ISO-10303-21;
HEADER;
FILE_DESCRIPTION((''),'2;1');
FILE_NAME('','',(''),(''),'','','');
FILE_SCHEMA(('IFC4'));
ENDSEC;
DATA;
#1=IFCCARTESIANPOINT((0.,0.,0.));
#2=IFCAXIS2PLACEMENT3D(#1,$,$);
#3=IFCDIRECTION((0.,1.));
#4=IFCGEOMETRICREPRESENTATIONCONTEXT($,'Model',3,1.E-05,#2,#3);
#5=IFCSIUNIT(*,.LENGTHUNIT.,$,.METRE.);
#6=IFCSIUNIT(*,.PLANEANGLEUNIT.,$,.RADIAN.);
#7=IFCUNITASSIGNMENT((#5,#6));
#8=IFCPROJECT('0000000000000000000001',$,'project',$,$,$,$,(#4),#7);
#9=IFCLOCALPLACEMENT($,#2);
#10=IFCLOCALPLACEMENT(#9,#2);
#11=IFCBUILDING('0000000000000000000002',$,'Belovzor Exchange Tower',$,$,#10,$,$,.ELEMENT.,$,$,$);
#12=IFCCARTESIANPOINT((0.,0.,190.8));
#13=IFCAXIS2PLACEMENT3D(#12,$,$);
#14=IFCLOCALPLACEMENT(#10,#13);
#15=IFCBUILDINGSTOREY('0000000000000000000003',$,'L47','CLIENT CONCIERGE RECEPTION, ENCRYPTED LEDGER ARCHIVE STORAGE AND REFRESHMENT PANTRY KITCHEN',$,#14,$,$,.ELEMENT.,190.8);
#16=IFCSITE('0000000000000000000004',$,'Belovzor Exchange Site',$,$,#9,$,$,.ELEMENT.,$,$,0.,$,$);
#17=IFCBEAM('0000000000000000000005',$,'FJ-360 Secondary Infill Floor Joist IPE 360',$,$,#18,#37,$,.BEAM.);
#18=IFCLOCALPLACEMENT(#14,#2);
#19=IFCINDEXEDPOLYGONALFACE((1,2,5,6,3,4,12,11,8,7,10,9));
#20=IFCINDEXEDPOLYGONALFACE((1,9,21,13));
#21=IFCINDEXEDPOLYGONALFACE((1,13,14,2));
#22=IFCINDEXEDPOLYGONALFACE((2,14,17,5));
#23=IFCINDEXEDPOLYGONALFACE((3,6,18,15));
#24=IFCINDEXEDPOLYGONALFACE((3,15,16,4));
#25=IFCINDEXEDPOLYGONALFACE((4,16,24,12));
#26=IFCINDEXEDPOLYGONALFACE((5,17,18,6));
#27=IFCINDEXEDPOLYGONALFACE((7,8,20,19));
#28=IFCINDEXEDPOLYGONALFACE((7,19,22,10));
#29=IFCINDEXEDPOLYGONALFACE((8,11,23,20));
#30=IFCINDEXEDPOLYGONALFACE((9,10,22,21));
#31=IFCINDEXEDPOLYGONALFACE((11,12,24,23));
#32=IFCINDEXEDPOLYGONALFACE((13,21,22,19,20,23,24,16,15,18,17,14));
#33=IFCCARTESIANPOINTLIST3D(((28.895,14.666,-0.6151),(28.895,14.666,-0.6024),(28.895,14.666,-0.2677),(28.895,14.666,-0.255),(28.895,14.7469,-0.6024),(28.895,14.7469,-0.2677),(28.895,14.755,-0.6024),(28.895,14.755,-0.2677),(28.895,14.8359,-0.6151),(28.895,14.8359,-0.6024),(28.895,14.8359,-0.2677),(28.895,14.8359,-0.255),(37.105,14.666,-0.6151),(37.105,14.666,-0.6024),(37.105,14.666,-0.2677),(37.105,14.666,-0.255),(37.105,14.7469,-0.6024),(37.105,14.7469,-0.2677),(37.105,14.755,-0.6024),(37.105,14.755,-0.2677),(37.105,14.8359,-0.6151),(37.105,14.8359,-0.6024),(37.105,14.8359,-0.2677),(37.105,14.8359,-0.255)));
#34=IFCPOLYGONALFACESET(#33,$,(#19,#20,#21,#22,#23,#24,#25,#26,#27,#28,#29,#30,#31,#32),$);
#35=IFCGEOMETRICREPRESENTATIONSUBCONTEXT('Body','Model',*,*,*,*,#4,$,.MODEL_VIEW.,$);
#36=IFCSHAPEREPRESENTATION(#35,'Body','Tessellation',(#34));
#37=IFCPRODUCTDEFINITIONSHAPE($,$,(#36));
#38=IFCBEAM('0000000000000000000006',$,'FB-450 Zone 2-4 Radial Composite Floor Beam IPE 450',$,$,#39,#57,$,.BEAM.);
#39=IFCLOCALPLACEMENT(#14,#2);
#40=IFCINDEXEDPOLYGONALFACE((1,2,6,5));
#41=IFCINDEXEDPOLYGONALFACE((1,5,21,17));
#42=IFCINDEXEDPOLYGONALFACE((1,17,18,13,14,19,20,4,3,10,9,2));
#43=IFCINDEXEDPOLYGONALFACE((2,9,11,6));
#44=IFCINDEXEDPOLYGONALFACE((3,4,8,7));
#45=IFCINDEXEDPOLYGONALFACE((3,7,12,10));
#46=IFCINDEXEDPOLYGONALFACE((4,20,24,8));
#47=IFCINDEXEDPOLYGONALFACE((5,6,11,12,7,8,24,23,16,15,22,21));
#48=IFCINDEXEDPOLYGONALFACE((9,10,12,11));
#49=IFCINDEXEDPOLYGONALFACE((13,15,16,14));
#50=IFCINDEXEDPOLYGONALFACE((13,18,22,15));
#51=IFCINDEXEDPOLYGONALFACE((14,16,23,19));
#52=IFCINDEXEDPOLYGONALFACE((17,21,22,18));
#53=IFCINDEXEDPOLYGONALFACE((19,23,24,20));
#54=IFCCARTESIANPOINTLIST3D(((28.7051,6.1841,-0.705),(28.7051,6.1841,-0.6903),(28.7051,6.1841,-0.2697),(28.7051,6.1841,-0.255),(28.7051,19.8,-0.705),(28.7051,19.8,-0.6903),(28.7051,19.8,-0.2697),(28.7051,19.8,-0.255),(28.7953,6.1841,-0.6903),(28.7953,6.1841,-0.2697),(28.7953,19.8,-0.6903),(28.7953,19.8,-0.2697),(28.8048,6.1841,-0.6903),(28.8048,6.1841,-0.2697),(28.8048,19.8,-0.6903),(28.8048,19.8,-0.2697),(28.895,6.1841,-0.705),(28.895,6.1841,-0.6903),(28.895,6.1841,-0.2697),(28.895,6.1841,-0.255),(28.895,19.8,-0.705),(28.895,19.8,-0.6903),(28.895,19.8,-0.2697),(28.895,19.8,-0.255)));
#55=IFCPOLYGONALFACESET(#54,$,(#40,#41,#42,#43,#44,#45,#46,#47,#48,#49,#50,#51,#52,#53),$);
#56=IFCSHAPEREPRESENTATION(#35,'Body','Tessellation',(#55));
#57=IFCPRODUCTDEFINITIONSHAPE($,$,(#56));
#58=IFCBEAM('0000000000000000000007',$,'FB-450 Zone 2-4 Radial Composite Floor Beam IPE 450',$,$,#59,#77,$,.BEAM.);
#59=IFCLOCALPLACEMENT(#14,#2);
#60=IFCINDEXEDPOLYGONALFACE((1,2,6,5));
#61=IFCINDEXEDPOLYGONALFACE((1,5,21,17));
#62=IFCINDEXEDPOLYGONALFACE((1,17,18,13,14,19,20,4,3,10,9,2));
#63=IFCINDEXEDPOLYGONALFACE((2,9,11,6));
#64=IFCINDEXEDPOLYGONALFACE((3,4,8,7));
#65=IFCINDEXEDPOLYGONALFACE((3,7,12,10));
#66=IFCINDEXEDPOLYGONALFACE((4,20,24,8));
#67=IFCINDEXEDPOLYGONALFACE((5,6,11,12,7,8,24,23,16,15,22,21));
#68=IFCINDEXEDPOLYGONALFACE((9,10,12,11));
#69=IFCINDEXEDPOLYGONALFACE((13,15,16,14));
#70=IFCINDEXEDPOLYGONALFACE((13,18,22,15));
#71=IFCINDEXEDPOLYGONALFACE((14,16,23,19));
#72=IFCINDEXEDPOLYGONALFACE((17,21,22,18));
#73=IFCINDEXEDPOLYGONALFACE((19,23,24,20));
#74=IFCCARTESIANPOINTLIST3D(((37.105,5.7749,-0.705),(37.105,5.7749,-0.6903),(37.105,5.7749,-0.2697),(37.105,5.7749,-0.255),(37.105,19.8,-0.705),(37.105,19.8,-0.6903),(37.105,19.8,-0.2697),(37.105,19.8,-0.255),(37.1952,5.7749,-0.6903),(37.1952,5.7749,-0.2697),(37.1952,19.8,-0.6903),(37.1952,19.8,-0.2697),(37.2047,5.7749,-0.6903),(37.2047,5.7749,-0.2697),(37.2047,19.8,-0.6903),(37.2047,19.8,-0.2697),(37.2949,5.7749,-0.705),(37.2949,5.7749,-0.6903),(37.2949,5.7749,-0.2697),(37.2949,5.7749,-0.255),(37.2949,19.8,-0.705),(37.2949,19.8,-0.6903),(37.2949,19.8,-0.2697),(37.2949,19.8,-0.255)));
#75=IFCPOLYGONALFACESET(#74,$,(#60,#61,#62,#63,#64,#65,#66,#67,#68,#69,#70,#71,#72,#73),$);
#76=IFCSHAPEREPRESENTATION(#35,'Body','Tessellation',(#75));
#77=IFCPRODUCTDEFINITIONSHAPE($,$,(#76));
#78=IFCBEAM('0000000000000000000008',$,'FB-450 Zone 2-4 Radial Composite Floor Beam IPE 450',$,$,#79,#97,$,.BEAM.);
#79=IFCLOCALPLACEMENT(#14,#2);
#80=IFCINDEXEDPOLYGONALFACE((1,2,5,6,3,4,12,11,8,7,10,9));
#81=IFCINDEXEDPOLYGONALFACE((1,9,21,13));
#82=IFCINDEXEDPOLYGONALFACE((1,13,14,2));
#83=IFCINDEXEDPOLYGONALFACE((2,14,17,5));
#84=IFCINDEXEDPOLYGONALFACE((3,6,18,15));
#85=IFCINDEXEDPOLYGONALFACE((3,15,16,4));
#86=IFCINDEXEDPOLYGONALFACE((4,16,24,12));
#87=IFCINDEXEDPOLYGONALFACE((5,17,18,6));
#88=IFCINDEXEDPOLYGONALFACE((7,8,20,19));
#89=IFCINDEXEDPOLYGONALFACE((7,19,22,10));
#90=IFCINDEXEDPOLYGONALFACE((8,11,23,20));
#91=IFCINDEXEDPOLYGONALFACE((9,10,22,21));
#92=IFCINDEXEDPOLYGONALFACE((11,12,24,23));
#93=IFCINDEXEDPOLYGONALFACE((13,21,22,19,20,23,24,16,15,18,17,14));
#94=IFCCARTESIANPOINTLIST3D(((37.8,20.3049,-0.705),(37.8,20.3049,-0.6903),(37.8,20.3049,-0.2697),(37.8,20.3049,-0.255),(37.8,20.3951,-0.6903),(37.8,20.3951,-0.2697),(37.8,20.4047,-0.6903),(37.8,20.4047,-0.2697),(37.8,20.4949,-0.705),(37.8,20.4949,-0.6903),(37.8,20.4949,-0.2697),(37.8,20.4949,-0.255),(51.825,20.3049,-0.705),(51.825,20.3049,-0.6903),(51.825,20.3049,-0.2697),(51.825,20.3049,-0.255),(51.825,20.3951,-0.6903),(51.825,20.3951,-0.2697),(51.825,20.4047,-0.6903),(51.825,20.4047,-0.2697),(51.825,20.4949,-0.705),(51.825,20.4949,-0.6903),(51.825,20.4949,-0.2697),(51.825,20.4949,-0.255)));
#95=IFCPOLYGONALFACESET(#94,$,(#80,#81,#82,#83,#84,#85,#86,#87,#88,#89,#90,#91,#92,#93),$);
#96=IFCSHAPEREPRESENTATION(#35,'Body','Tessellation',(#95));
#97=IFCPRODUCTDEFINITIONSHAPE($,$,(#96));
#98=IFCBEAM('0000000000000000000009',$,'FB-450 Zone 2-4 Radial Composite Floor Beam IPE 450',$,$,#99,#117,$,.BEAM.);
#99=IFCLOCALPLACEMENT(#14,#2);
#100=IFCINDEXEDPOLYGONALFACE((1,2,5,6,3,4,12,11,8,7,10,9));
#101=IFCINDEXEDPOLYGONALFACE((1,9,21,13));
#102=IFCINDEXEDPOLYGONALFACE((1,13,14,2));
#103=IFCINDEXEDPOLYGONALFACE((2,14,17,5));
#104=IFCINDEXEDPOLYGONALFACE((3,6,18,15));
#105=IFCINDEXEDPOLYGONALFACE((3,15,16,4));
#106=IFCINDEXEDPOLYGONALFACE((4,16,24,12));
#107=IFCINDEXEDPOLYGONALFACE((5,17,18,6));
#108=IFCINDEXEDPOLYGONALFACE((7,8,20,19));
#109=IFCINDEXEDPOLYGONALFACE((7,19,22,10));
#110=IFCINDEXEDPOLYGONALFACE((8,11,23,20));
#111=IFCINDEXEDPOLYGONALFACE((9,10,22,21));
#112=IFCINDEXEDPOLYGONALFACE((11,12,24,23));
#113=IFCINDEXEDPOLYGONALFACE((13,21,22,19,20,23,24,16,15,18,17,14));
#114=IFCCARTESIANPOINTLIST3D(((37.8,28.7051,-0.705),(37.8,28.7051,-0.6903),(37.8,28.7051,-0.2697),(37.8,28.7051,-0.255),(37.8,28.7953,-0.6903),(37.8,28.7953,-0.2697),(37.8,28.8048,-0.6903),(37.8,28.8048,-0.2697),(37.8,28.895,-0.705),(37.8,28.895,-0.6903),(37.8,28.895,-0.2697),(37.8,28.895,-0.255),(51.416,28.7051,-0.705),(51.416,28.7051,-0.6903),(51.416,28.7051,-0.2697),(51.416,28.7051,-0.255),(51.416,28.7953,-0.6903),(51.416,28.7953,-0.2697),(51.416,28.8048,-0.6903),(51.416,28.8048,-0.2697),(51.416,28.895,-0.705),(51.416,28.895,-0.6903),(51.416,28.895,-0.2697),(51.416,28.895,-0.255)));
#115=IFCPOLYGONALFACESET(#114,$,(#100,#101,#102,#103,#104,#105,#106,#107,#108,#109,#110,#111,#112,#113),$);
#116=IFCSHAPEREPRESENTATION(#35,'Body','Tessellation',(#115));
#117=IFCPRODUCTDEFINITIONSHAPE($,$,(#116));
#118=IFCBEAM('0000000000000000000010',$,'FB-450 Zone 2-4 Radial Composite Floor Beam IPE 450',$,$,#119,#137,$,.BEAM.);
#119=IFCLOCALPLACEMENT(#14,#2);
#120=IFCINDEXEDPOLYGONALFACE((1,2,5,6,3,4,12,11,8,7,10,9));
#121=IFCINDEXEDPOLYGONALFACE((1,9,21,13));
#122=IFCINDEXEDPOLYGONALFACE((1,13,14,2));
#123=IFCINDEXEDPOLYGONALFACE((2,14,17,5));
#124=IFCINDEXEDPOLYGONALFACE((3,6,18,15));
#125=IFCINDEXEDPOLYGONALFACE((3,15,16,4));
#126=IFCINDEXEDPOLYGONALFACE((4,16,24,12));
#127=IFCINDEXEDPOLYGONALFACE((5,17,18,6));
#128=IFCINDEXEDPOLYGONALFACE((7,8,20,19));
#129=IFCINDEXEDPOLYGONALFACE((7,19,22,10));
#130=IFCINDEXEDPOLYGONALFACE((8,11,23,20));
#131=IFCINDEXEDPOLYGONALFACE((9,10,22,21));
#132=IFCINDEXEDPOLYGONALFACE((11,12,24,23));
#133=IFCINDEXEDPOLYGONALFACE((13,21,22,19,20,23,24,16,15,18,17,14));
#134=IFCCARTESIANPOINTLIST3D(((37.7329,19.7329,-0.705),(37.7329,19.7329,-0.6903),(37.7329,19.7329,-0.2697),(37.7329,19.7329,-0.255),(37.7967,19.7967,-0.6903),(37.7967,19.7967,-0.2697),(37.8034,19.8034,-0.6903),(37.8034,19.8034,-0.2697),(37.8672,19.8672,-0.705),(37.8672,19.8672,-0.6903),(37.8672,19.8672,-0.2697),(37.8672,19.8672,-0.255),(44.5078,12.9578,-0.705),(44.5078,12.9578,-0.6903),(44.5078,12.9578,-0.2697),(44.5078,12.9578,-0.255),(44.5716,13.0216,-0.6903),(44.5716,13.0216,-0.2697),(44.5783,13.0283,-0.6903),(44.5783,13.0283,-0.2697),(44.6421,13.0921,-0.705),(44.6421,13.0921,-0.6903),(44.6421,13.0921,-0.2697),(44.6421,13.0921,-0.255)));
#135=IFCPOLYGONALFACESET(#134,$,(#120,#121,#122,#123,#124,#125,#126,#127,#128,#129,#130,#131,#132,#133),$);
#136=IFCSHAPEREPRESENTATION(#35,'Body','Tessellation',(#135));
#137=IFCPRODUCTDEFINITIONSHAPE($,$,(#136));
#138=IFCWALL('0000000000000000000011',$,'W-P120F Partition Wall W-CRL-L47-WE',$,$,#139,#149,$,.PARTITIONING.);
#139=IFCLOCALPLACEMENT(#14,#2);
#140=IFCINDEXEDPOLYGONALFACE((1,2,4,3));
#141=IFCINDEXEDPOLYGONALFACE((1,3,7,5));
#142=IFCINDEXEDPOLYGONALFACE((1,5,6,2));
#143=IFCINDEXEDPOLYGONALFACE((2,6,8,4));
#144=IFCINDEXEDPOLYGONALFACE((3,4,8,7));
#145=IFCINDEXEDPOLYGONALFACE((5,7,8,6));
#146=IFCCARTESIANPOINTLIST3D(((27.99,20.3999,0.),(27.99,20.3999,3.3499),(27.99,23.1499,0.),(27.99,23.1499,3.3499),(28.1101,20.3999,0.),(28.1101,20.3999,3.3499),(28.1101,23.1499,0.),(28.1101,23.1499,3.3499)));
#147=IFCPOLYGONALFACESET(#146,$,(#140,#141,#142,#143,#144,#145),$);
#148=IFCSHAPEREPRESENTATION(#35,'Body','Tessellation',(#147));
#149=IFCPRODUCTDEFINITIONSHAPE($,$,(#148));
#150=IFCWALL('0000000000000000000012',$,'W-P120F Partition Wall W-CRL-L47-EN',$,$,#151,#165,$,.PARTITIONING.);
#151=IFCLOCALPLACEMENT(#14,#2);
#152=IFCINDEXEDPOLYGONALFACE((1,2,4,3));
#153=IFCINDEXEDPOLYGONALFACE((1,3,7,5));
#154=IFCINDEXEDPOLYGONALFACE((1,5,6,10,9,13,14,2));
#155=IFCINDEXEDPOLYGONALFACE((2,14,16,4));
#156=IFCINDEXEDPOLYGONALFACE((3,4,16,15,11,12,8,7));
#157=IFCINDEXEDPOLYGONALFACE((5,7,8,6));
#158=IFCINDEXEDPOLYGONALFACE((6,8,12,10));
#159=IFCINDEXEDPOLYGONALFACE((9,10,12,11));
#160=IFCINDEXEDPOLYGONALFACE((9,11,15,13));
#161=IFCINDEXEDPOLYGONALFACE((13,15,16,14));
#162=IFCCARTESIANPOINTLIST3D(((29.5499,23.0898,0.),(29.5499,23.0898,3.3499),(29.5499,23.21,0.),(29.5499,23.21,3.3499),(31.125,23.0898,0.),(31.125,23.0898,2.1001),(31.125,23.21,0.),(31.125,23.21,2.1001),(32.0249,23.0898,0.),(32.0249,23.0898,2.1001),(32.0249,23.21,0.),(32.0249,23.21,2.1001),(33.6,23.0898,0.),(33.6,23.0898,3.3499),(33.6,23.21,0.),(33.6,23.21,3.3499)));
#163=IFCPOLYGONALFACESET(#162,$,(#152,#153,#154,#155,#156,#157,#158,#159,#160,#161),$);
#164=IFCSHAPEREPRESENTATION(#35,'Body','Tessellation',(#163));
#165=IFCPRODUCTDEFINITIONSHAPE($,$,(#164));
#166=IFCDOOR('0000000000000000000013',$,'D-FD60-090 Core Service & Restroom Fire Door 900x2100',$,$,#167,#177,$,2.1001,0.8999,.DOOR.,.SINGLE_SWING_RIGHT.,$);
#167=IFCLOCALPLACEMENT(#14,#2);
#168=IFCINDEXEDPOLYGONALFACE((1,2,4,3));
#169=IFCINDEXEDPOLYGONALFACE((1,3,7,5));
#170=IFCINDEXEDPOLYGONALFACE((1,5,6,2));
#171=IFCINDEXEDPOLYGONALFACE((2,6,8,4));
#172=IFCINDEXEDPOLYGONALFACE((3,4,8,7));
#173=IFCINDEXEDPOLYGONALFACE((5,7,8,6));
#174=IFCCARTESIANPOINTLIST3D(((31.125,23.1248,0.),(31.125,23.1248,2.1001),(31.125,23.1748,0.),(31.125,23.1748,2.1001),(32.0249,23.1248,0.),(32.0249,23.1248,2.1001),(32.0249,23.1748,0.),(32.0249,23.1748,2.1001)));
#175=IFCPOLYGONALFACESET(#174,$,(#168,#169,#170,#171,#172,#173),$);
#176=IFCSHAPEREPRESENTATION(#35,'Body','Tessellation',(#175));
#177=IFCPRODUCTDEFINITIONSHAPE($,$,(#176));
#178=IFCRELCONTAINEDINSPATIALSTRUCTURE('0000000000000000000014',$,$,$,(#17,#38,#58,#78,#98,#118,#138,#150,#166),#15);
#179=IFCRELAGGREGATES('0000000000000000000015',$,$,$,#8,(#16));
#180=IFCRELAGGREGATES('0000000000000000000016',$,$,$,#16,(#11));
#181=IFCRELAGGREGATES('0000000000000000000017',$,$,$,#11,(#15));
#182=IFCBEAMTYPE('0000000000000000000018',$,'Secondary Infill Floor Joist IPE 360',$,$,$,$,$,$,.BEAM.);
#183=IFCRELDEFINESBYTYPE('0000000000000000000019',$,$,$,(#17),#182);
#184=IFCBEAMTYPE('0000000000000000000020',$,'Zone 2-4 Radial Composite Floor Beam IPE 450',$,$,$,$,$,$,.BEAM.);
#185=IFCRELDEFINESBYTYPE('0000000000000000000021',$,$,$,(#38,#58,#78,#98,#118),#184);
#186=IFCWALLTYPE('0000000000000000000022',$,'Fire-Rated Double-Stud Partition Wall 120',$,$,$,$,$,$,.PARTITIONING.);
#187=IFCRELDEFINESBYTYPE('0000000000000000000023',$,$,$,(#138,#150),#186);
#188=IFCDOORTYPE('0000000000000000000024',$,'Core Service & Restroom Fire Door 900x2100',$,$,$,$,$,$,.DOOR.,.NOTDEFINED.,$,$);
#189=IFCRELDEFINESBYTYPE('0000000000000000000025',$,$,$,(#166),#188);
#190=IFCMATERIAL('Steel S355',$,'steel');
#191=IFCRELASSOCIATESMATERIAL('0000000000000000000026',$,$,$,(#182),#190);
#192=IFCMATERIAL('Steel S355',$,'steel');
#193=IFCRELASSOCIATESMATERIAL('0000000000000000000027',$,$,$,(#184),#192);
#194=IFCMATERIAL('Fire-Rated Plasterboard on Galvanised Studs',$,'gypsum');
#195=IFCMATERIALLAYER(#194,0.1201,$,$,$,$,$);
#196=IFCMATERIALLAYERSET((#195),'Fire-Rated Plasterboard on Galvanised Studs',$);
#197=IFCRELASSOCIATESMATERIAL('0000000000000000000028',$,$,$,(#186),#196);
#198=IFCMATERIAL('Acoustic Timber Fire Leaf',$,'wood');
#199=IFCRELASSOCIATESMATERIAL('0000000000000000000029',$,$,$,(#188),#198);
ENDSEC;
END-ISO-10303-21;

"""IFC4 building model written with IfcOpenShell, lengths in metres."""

from ifc_helpers import new_model, si_unit, direction, frame, frame_2d, origin, origin_2d, place, context, subcontext, project, spatial, rectangle, i_section, extrude, material, layer, layer_set, material_profile, profile_set, type_object, element, fill, save


model = new_model("IFC4")

# Units and contexts
model_context = context("Model", 3, precision=1e-05, world=origin(), true_north=direction((0.0, 1.0)))
body_context = subcontext(model_context, "Body", "Model", "MODEL_VIEW")
ifc_project = project(units=[si_unit("LENGTHUNIT", "METRE"), si_unit("PLANEANGLEUNIT", "RADIAN")], contexts=[model_context])

# Site, building, storey
site_placement = place(None, origin())
site = spatial("IfcSite", under=ifc_project, at=site_placement, Name="Belovzor Exchange Site", CompositionType="ELEMENT", RefElevation=0.0)
building_placement = place(site_placement, origin())
building = spatial("IfcBuilding", under=site, at=building_placement, Name="Belovzor Exchange Tower", CompositionType="ELEMENT")
storey_placement = place(building_placement, frame((0.0, 0.0, 190.8)))
storey = spatial("IfcBuildingStorey", under=building, at=storey_placement, Name="L47", Description="CLIENT CONCIERGE RECEPTION, ENCRYPTED LEDGER ARCHIVE STORAGE AND REFRESHMENT PANTRY KITCHEN", CompositionType="ELEMENT", Elevation=190.8)

# Beams
ifc_material_1 = material(Name="Steel S355", Category="steel")
ifc_material_profile_1 = material_profile(ifc_material_1, i_section(OverallWidth=0.1699, OverallDepth=0.3601, WebThickness=0.0081, FlangeThickness=0.0127, at=origin_2d()))
ifc_profile_set_1 = profile_set([ifc_material_profile_1], Name="Steel S355")
beam_type_1 = type_object("IfcBeamType", Name="Secondary Infill Floor Joist IPE 360", PredefinedType="BEAM", material=ifc_profile_set_1)
beam_1_placement = place(storey_placement, frame((28.895, 14.751, -0.4351), z_axis=(1.0, 0.0, 0.0), x_axis=(0.0, 1.0, 0.0)))
element("IfcBeam", 1, at=beam_1_placement, inside=storey, type_object=beam_type_1, Name="FJ-360 Secondary Infill Floor Joist IPE 360", PredefinedType="BEAM", context=body_context, shape_type="SweptSolid", body=[
    extrude(i_section(OverallWidth=0.1699, OverallDepth=0.3601, WebThickness=0.0081, FlangeThickness=0.0127, at=origin_2d()), origin(), (0.0, 0.0, 1.0), 8.21),
])
ifc_material_2 = material(Name="Steel S355", Category="steel")
ifc_material_profile_2 = material_profile(ifc_material_2, i_section(OverallWidth=0.1899, OverallDepth=0.45, WebThickness=0.0095, FlangeThickness=0.0146, at=origin_2d()))
ifc_profile_set_2 = profile_set([ifc_material_profile_2], Name="Steel S355")
beam_type_2 = type_object("IfcBeamType", Name="Zone 2-4 Radial Composite Floor Beam IPE 450", PredefinedType="BEAM", material=ifc_profile_set_2)
beam_2_placement = place(storey_placement, frame((28.8, 19.8, -0.48), z_axis=(0.0, -1.0, 0.0), x_axis=(1.0, 0.0, 0.0)))
element("IfcBeam", 2, at=beam_2_placement, inside=storey, type_object=beam_type_2, Name="FB-450 Zone 2-4 Radial Composite Floor Beam IPE 450", PredefinedType="BEAM", context=body_context, shape_type="SweptSolid", body=[
    extrude(i_section(OverallWidth=0.1899, OverallDepth=0.45, WebThickness=0.0095, FlangeThickness=0.0146, at=origin_2d()), origin(), (0.0, 0.0, 1.0), 13.616),
])
beam_3_placement = place(storey_placement, frame((37.2, 19.8, -0.48), z_axis=(0.0, -1.0, 0.0), x_axis=(1.0, 0.0, 0.0)))
element("IfcBeam", 3, at=beam_3_placement, inside=storey, type_object=beam_type_2, Name="FB-450 Zone 2-4 Radial Composite Floor Beam IPE 450", PredefinedType="BEAM", context=body_context, shape_type="SweptSolid", body=[
    extrude(i_section(OverallWidth=0.1899, OverallDepth=0.45, WebThickness=0.0095, FlangeThickness=0.0146, at=origin_2d()), origin(), (0.0, 0.0, 1.0), 14.0251),
])
beam_4_placement = place(storey_placement, frame((37.8, 20.3999, -0.48), z_axis=(1.0, 0.0, 0.0), x_axis=(0.0, 1.0, 0.0)))
element("IfcBeam", 4, at=beam_4_placement, inside=storey, type_object=beam_type_2, Name="FB-450 Zone 2-4 Radial Composite Floor Beam IPE 450", PredefinedType="BEAM", context=body_context, shape_type="SweptSolid", body=[
    extrude(i_section(OverallWidth=0.1899, OverallDepth=0.45, WebThickness=0.0095, FlangeThickness=0.0146, at=origin_2d()), origin(), (0.0, 0.0, 1.0), 14.0249),
])
beam_5_placement = place(storey_placement, frame((37.8, 28.8, -0.48), z_axis=(1.0, 0.0, 0.0), x_axis=(0.0, 1.0, 0.0)))
element("IfcBeam", 5, at=beam_5_placement, inside=storey, type_object=beam_type_2, Name="FB-450 Zone 2-4 Radial Composite Floor Beam IPE 450", PredefinedType="BEAM", context=body_context, shape_type="SweptSolid", body=[
    extrude(i_section(OverallWidth=0.1899, OverallDepth=0.45, WebThickness=0.0095, FlangeThickness=0.0146, at=origin_2d()), origin(), (0.0, 0.0, 1.0), 13.616),
])
beam_6_placement = place(storey_placement, frame((37.8, 19.8, -0.48), z_axis=(0.707094, -0.70712, 0.0), x_axis=(0.70712, 0.707094, 0.0)))
element("IfcBeam", 6, at=beam_6_placement, inside=storey, type_object=beam_type_2, Name="FB-450 Zone 2-4 Radial Composite Floor Beam IPE 450", PredefinedType="BEAM", context=body_context, shape_type="SweptSolid", body=[
    extrude(i_section(OverallWidth=0.1899, OverallDepth=0.45, WebThickness=0.0095, FlangeThickness=0.0146, at=origin_2d()), origin(), (0.0, 0.0, 1.0), 9.5813),
])

# Wall
ifc_material_3 = material(Name="Fire-Rated Plasterboard on Galvanised Studs", Category="gypsum")
ifc_layer_1 = layer(ifc_material_3, 0.1201)
ifc_layer_set_1 = layer_set([ifc_layer_1], Name="Fire-Rated Plasterboard on Galvanised Studs")
wall_type_1 = type_object("IfcWallType", Name="Fire-Rated Double-Stud Partition Wall 120", PredefinedType="PARTITIONING", material=ifc_layer_set_1)
wall_1_placement = place(storey_placement, frame((28.05, 20.3999, 0.0), z_axis=(0.0, 0.0, 1.0), x_axis=(0.0, 1.0, 0.0)))
element("IfcWall", 7, at=wall_1_placement, inside=storey, type_object=wall_type_1, Name="W-P120F Partition Wall W-CRL-L47-WE", PredefinedType="PARTITIONING", context=body_context, shape_type="SweptSolid", body=[
    extrude(rectangle(XDim=2.75, YDim=0.1201, at=frame_2d((1.375, 0.0))), origin(), (0.0, 0.0, 1.0), 3.3499),
])

# Wall, opening, door
wall_2_placement = place(storey_placement, frame((29.55, 23.1499, 0.0), z_axis=(0.0, 0.0, 1.0), x_axis=(1.0, 0.0, 0.0)))
wall_2 = element("IfcWall", 8, at=wall_2_placement, inside=storey, type_object=wall_type_1, Name="W-P120F Partition Wall W-CRL-L47-EN", PredefinedType="PARTITIONING", context=body_context, shape_type="SweptSolid", body=[
    extrude(rectangle(XDim=4.05, YDim=0.1201, at=frame_2d((2.0249, 0.0))), origin(), (0.0, 0.0, 1.0), 3.3499),
])
opening_1_placement = place(wall_2_placement, frame((1.575, 0.0, 0.0)))
opening_1 = element("IfcOpeningElement", 9, at=opening_1_placement, cuts=wall_2, PredefinedType="OPENING", context=body_context, shape_type="SweptSolid", body=[
    extrude(rectangle(XDim=0.8999, YDim=2.1001, at=frame_2d((0.45, 1.05))), frame((0.0, 0.0701, 0.0), z_axis=(0.0, -1.0, 0.0), x_axis=(1.0, 0.0, 0.0)), (0.0, 0.0, 1.0), 0.1401),
])
ifc_material_4 = material(Name="Acoustic Timber Fire Leaf", Category="wood")
door_type_1 = type_object("IfcDoorType", Name="Core Service & Restroom Fire Door 900x2100", OperationType="NOTDEFINED", PredefinedType="DOOR", material=ifc_material_4)
door_1_placement = place(opening_1_placement, origin())
door_1 = element("IfcDoor", 10, at=door_1_placement, inside=storey, type_object=door_type_1, Name="D-FD60-090 Core Service & Restroom Fire Door 900x2100", OperationType="SINGLE_SWING_RIGHT", OverallHeight=2.1001, OverallWidth=0.8999, PredefinedType="DOOR", context=body_context, shape_type="SweptSolid", body=[
    extrude(rectangle(XDim=0.8999, YDim=2.1001, at=frame_2d((0.45, 1.05))), frame((0.0, 0.0249, 0.0), z_axis=(0.0, -1.0, 0.0), x_axis=(1.0, 0.0, 0.0)), (0.0, 0.0, 1.0), 0.05),
])
fill(opening_1, door_1)

save(model, "model.ifc")
